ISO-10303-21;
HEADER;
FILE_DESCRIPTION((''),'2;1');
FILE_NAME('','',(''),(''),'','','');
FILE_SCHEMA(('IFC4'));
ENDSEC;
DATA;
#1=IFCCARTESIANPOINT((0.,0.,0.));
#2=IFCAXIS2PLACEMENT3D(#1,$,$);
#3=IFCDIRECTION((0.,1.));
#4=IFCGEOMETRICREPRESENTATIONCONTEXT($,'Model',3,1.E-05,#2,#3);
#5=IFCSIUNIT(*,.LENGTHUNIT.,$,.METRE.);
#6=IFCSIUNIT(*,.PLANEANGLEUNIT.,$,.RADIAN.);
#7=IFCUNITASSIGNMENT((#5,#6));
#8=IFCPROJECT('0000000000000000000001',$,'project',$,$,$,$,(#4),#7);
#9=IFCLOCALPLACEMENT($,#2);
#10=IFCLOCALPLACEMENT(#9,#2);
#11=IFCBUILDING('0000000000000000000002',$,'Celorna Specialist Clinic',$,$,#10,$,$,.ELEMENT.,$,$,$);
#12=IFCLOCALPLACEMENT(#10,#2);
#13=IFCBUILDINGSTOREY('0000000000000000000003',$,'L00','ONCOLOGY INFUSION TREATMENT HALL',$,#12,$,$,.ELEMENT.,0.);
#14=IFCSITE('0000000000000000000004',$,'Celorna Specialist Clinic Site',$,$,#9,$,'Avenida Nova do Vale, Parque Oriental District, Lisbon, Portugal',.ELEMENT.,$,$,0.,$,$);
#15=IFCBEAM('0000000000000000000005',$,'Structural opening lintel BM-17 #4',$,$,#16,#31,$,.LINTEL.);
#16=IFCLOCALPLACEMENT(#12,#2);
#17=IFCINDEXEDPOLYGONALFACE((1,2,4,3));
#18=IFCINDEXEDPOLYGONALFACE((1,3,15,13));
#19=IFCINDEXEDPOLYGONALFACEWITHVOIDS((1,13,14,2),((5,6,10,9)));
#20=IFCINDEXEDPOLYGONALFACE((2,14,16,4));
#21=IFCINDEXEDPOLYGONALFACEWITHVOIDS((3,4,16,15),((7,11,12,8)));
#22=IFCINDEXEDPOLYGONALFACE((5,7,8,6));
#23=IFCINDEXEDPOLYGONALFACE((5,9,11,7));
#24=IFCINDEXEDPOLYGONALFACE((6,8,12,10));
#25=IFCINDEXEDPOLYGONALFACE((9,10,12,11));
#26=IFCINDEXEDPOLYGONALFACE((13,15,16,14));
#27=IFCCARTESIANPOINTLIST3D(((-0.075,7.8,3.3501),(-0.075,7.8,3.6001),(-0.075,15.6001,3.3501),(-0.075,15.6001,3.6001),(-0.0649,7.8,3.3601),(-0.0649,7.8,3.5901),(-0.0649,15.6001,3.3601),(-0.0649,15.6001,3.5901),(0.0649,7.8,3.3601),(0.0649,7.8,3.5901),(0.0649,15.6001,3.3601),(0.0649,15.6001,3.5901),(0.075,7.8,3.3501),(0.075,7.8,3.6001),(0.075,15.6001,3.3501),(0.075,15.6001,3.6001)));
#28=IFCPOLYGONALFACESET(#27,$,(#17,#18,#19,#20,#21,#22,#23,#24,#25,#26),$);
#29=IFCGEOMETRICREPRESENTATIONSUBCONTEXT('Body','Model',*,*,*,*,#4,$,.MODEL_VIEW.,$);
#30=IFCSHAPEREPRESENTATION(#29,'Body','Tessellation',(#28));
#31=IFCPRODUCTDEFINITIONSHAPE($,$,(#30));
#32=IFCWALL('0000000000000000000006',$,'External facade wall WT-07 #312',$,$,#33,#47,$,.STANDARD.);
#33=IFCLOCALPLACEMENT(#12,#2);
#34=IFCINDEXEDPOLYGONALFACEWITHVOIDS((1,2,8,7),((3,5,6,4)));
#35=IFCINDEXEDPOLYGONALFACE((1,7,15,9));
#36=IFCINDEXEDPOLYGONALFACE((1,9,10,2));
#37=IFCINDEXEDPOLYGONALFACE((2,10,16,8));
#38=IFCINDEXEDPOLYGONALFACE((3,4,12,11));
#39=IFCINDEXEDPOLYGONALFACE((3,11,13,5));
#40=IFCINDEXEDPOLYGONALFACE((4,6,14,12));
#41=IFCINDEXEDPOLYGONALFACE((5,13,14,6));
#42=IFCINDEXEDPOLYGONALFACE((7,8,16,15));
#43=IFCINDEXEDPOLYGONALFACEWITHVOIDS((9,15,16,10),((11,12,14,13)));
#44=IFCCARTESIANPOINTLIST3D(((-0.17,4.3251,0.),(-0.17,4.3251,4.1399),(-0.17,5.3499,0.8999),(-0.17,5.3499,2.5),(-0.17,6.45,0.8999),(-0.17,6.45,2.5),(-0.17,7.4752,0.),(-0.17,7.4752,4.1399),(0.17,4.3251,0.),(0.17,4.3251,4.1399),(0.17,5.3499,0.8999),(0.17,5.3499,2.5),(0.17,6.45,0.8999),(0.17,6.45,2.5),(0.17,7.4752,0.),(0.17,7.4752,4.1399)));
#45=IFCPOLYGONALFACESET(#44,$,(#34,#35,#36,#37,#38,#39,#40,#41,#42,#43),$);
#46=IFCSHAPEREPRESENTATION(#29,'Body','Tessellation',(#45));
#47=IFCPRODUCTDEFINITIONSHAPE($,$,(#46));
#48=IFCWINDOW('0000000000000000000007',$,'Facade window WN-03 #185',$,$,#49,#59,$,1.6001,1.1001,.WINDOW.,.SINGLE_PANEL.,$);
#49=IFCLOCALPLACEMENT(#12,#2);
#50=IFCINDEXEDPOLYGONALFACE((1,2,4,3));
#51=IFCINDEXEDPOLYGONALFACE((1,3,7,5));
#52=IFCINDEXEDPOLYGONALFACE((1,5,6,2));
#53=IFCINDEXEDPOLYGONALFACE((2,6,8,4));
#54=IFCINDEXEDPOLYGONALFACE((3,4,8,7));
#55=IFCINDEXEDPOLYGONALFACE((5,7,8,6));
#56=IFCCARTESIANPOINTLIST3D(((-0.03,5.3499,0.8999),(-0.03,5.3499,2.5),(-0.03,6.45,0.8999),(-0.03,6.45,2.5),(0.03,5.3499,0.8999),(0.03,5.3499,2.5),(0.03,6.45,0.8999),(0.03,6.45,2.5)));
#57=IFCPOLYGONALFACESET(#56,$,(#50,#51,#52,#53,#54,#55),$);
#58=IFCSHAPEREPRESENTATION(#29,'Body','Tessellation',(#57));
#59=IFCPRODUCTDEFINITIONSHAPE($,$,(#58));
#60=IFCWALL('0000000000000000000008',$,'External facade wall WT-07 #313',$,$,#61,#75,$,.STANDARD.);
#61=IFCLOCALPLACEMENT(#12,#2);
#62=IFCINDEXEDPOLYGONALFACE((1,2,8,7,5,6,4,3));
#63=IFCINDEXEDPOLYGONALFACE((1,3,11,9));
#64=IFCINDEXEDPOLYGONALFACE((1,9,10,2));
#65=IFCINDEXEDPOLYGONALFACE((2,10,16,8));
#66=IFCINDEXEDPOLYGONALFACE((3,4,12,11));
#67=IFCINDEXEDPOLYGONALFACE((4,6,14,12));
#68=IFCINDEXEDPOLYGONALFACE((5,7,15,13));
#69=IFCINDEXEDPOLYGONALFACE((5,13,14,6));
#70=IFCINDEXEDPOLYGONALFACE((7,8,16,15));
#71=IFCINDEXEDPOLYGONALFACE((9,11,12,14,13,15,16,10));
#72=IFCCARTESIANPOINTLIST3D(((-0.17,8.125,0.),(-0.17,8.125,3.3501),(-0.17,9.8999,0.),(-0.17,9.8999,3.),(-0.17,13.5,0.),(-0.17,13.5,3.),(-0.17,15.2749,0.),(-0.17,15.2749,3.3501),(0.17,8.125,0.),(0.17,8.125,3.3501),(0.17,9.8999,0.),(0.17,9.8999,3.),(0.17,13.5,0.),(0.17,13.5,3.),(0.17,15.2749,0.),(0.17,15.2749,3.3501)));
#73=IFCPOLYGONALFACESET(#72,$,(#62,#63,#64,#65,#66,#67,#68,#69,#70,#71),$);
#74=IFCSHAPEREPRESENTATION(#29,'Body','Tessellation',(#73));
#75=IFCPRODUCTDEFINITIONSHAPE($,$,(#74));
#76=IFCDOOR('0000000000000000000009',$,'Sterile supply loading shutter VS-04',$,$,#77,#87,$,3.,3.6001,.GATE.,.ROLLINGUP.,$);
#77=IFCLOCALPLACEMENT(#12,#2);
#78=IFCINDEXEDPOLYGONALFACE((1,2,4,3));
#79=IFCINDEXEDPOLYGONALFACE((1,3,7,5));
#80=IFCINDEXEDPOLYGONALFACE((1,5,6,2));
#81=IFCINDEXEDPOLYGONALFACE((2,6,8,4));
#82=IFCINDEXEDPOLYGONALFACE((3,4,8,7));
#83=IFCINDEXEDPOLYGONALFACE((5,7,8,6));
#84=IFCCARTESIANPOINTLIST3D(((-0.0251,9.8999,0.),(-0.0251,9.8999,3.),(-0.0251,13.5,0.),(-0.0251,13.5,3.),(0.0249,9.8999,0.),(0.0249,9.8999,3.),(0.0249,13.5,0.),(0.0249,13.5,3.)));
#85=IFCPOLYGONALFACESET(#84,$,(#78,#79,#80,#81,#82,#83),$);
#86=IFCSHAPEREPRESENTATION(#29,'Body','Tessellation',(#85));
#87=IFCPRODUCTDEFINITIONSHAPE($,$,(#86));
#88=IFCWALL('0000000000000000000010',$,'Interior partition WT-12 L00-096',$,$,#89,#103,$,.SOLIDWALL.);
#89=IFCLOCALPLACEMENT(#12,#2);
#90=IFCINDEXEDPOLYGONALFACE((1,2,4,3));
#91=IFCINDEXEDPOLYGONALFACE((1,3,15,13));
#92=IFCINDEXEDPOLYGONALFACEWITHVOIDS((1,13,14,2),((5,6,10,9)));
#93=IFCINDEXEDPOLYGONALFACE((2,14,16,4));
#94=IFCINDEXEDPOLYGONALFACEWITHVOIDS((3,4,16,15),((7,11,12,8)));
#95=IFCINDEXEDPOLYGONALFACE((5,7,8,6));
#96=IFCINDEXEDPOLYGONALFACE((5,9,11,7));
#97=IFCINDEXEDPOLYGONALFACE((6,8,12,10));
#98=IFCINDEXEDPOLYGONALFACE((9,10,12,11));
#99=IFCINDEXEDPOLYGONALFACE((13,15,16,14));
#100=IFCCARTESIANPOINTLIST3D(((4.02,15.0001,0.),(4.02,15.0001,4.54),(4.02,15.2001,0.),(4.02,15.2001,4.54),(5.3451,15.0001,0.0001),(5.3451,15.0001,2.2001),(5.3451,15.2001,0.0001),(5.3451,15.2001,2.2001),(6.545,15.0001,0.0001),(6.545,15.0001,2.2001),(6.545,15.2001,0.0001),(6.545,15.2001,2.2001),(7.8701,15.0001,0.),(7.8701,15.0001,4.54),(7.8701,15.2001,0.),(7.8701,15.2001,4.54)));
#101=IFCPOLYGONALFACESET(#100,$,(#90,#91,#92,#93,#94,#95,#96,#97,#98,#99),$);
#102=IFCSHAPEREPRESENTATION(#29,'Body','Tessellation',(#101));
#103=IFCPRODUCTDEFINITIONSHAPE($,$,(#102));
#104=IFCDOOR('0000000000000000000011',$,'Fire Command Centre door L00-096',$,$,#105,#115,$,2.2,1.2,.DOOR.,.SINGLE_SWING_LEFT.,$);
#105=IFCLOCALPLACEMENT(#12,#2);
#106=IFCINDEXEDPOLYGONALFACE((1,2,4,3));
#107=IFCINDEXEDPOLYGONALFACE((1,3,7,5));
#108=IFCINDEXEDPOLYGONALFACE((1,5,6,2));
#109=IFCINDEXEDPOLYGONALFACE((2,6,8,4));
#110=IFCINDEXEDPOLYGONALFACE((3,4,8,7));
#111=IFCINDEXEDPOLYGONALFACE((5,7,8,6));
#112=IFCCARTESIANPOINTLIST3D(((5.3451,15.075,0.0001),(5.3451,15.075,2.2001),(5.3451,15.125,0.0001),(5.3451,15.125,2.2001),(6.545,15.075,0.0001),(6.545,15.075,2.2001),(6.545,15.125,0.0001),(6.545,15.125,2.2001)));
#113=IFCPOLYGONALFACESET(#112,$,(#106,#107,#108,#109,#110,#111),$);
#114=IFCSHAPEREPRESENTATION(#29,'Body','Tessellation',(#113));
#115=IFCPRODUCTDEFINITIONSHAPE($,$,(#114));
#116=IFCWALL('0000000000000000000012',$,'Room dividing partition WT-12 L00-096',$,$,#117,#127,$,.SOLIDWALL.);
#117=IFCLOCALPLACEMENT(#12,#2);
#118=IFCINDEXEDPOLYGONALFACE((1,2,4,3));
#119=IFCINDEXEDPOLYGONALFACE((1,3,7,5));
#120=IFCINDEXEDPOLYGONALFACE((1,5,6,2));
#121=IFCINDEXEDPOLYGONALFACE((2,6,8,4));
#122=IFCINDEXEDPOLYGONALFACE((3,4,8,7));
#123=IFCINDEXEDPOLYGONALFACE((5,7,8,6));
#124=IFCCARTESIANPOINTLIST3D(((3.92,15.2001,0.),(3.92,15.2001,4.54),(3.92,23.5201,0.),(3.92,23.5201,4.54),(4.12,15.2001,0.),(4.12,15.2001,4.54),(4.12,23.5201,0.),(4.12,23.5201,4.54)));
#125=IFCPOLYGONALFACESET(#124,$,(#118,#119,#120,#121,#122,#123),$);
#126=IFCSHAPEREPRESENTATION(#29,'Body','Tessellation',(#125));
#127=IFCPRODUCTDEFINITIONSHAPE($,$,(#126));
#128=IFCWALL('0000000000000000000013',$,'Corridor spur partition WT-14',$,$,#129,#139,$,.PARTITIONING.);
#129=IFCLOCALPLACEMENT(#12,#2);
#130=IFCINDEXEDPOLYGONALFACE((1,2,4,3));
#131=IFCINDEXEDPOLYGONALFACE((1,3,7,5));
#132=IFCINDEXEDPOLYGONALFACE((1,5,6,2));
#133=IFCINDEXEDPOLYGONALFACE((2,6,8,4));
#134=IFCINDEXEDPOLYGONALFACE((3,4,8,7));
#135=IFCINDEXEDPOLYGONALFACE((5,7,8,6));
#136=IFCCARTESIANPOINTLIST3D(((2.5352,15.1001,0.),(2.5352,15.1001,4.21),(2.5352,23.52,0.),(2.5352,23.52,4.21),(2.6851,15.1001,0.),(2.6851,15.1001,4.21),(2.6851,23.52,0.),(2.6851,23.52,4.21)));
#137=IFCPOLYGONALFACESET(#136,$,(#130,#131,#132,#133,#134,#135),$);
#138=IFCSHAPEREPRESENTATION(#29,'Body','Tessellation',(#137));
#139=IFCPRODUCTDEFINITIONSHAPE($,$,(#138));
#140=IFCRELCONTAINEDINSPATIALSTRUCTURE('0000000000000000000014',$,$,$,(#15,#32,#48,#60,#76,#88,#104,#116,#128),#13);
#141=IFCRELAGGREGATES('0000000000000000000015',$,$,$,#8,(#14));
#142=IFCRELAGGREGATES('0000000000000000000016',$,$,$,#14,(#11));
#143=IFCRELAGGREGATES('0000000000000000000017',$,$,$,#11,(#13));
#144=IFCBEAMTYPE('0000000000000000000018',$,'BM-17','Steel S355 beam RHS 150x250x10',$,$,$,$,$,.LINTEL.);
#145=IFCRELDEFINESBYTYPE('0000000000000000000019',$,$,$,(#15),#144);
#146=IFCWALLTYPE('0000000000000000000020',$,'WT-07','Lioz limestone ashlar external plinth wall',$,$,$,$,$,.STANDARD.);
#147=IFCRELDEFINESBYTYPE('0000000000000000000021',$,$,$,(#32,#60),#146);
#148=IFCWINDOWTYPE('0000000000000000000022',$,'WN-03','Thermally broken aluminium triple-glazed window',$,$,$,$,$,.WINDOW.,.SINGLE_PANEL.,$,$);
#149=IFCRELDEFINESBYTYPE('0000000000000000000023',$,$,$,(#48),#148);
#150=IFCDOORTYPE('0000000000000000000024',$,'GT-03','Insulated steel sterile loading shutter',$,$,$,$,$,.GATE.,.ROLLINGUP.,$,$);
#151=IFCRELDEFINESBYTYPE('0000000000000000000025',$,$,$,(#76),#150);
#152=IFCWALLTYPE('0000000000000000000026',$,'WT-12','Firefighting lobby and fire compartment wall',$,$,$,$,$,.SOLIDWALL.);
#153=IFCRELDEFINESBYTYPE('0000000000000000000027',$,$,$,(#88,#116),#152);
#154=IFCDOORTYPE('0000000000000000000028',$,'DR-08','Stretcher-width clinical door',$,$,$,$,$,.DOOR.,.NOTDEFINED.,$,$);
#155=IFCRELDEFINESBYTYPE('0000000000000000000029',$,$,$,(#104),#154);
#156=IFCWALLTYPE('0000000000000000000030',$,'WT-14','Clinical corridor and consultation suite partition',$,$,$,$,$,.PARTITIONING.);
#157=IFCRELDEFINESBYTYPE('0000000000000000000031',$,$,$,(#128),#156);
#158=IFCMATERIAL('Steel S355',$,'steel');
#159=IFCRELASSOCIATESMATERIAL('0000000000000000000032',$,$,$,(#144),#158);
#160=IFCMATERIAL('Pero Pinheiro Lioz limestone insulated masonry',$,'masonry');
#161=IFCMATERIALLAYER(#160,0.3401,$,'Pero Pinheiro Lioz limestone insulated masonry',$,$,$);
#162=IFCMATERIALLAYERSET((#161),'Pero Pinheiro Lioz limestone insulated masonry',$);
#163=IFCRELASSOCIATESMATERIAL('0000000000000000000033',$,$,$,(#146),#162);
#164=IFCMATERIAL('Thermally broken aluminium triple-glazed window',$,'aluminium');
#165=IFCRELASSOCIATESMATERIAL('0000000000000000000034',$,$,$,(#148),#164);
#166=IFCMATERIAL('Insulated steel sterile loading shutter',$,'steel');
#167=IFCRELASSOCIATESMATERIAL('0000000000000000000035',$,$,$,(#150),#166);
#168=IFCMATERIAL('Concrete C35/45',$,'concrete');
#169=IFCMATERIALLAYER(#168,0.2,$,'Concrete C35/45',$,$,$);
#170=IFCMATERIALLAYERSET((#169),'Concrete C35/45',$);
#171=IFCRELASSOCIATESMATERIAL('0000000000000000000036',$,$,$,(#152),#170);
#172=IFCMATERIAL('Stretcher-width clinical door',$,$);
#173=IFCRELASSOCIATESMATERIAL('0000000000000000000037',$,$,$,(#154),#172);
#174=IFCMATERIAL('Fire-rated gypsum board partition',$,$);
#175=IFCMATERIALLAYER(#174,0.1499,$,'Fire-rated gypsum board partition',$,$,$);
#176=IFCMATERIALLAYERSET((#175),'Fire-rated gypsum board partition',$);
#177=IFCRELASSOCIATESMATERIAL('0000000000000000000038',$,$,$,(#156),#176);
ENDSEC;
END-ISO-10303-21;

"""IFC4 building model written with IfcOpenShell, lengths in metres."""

from ifc_helpers import new_model, si_unit, direction, frame, frame_2d, origin, origin_2d, place, context, subcontext, project, spatial, rectangle, hollow_rectangle, extrude, material, layer, layer_set, material_profile, profile_set, type_object, element, fill, save


model = new_model("IFC4")

# Units and contexts
model_context = context("Model", 3, precision=1e-05, world=origin(), true_north=direction((0.0, 1.0)))
body_context = subcontext(model_context, "Body", "Model", "MODEL_VIEW")
ifc_project = project(units=[si_unit("LENGTHUNIT", "METRE"), si_unit("PLANEANGLEUNIT", "RADIAN")], contexts=[model_context])

# Site, building, storey
site_placement = place(None, origin())
site = spatial("IfcSite", under=ifc_project, at=site_placement, Name="Celorna Specialist Clinic Site", LongName="Avenida Nova do Vale, Parque Oriental District, Lisbon, Portugal", CompositionType="ELEMENT", RefElevation=0.0)
building_placement = place(site_placement, origin())
building = spatial("IfcBuilding", under=site, at=building_placement, Name="Celorna Specialist Clinic", CompositionType="ELEMENT")
storey_placement = place(building_placement, origin())
storey = spatial("IfcBuildingStorey", under=building, at=storey_placement, Name="L00", Description="ONCOLOGY INFUSION TREATMENT HALL", CompositionType="ELEMENT", Elevation=0.0)

# Beam
ifc_material_1 = material(Name="Steel S355", Category="steel")
ifc_material_profile_1 = material_profile(ifc_material_1, hollow_rectangle(XDim=0.1499, YDim=0.25, WallThickness=0.01, at=origin_2d()), Name="RHS 150x250x10")
ifc_profile_set_1 = profile_set([ifc_material_profile_1], Name="Steel S355")
beam_type_1 = type_object("IfcBeamType", Name="BM-17", Description="Steel S355 beam RHS 150x250x10", PredefinedType="LINTEL", material=ifc_profile_set_1)
beam_1_placement = place(storey_placement, frame((0.0, 7.8, 3.4751), z_axis=(0.0, 1.0, 0.0), x_axis=(-1.0, 0.0, 0.0)))
element("IfcBeam", 1, at=beam_1_placement, inside=storey, type_object=beam_type_1, Name="Structural opening lintel BM-17 #4", PredefinedType="LINTEL", context=body_context, shape_type="SweptSolid", body=[
    extrude(hollow_rectangle(XDim=0.1499, YDim=0.25, WallThickness=0.01, at=origin_2d()), origin(), (0.0, 0.0, 1.0), 7.8),
])

# Wall, opening, window
ifc_material_2 = material(Name="Pero Pinheiro Lioz limestone insulated masonry", Category="masonry")
ifc_layer_1 = layer(ifc_material_2, 0.3401, Name="Pero Pinheiro Lioz limestone insulated masonry")
ifc_layer_set_1 = layer_set([ifc_layer_1], Name="Pero Pinheiro Lioz limestone insulated masonry")
wall_type_1 = type_object("IfcWallType", Name="WT-07", Description="Lioz limestone ashlar external plinth wall", PredefinedType="STANDARD", material=ifc_layer_set_1)
wall_1_placement = place(storey_placement, frame((0.0, 4.325, 0.0), z_axis=(0.0, 0.0, 1.0), x_axis=(0.0, 1.0, 0.0)))
wall_1 = element("IfcWall", 2, at=wall_1_placement, inside=storey, type_object=wall_type_1, Name="External facade wall WT-07 #312", PredefinedType="STANDARD", context=body_context, shape_type="SweptSolid", body=[
    extrude(rectangle(XDim=3.1501, YDim=0.3401, at=frame_2d((1.5752, 0.0))), origin(), (0.0, 0.0, 1.0), 4.1399),
])
opening_1_placement = place(wall_1_placement, frame((1.0249, 0.0, 0.8999)))
opening_1 = element("IfcOpeningElement", 3, at=opening_1_placement, cuts=wall_1, PredefinedType="OPENING", context=body_context, shape_type="SweptSolid", body=[
    extrude(rectangle(XDim=1.1001, YDim=1.6001, at=frame_2d((0.55, 0.8))), frame((0.0, 0.1799, 0.0), z_axis=(0.0, -1.0, 0.0), x_axis=(1.0, 0.0, 0.0)), (0.0, 0.0, 1.0), 0.3601),
])
ifc_material_3 = material(Name="Thermally broken aluminium triple-glazed window", Category="aluminium")
window_type = type_object("IfcWindowType", Name="WN-03", Description="Thermally broken aluminium triple-glazed window", PartitioningType="SINGLE_PANEL", PredefinedType="WINDOW", material=ifc_material_3)
window_placement = place(opening_1_placement, origin())
window = element("IfcWindow", 4, at=window_placement, inside=storey, type_object=window_type, Name="Facade window WN-03 #185", OverallHeight=1.6001, OverallWidth=1.1001, PartitioningType="SINGLE_PANEL", PredefinedType="WINDOW", context=body_context, shape_type="SweptSolid", body=[
    extrude(rectangle(XDim=1.1001, YDim=1.6001, at=frame_2d((0.55, 0.8))), frame((0.0, 0.03, 0.0), z_axis=(0.0, -1.0, 0.0), x_axis=(1.0, 0.0, 0.0)), (0.0, 0.0, 1.0), 0.0601),
])
fill(opening_1, window)

# Walls, openings, doors
wall_2_placement = place(storey_placement, frame((0.0, 8.125, 0.0), z_axis=(0.0, 0.0, 1.0), x_axis=(0.0, 1.0, 0.0)))
wall_2 = element("IfcWall", 5, at=wall_2_placement, inside=storey, type_object=wall_type_1, Name="External facade wall WT-07 #313", PredefinedType="STANDARD", context=body_context, shape_type="SweptSolid", body=[
    extrude(rectangle(XDim=7.1499, YDim=0.3401, at=frame_2d((3.575, 0.0))), origin(), (0.0, 0.0, 1.0), 3.3501),
])
opening_2_placement = place(wall_2_placement, frame((1.7749, 0.0, 0.0)))
opening_2 = element("IfcOpeningElement", 6, at=opening_2_placement, cuts=wall_2, PredefinedType="OPENING", context=body_context, shape_type="SweptSolid", body=[
    extrude(rectangle(XDim=3.6001, YDim=3.0, at=frame_2d((1.8, 1.5))), frame((0.0, 0.1799, 0.0), z_axis=(0.0, -1.0, 0.0), x_axis=(1.0, 0.0, 0.0)), (0.0, 0.0, 1.0), 0.3601),
])
ifc_material_4 = material(Name="Insulated steel sterile loading shutter", Category="steel")
door_type_1 = type_object("IfcDoorType", Name="GT-03", Description="Insulated steel sterile loading shutter", OperationType="ROLLINGUP", PredefinedType="GATE", material=ifc_material_4)
door_1_placement = place(opening_2_placement, frame((3.6001, 0.0, 0.0), z_axis=(0.0, 0.0, 1.0), x_axis=(-1.0, 0.0, 0.0)))
door_1 = element("IfcDoor", 7, at=door_1_placement, inside=storey, type_object=door_type_1, Name="Sterile supply loading shutter VS-04", OperationType="ROLLINGUP", OverallHeight=3.0, OverallWidth=3.6001, PredefinedType="GATE", context=body_context, shape_type="SweptSolid", body=[
    extrude(rectangle(XDim=3.6001, YDim=3.0, at=frame_2d((1.8, 1.5))), frame((0.0, 0.0249, 0.0), z_axis=(0.0, -1.0, 0.0), x_axis=(1.0, 0.0, 0.0)), (0.0, 0.0, 1.0), 0.05),
])
fill(opening_2, door_1)
ifc_material_5 = material(Name="Concrete C35/45", Category="concrete")
ifc_layer_2 = layer(ifc_material_5, 0.2, Name="Concrete C35/45")
ifc_layer_set_2 = layer_set([ifc_layer_2], Name="Concrete C35/45")
wall_type_2 = type_object("IfcWallType", Name="WT-12", Description="Firefighting lobby and fire compartment wall", PredefinedType="SOLIDWALL", material=ifc_layer_set_2)
wall_3_placement = place(storey_placement, frame((4.02, 15.1001, 0.0), z_axis=(0.0, 0.0, 1.0), x_axis=(1.0, 0.0, 0.0)))
wall_3 = element("IfcWall", 8, at=wall_3_placement, inside=storey, type_object=wall_type_2, Name="Interior partition WT-12 L00-096", PredefinedType="SOLIDWALL", context=body_context, shape_type="SweptSolid", body=[
    extrude(rectangle(XDim=3.8501, YDim=0.2, at=frame_2d((1.925, 0.0))), origin(), (0.0, 0.0, 1.0), 4.54),
])
opening_3_placement = place(wall_3_placement, frame((1.325, 0.0, 0.0)))
opening_3 = element("IfcOpeningElement", 9, at=opening_3_placement, cuts=wall_3, PredefinedType="OPENING", context=body_context, shape_type="SweptSolid", body=[
    extrude(rectangle(XDim=1.2, YDim=2.2, at=frame_2d((0.6001, 1.1001))), frame((0.0, 0.1099, 0.0), z_axis=(0.0, -1.0, 0.0), x_axis=(1.0, 0.0, 0.0)), (0.0, 0.0, 1.0), 0.22),
])
ifc_material_6 = material(Name="Stretcher-width clinical door")
door_type_2 = type_object("IfcDoorType", Name="DR-08", Description="Stretcher-width clinical door", OperationType="NOTDEFINED", PredefinedType="DOOR", material=ifc_material_6)
door_2_placement = place(opening_3_placement, origin())
door_2 = element("IfcDoor", 10, at=door_2_placement, inside=storey, type_object=door_type_2, Name="Fire Command Centre door L00-096", OperationType="SINGLE_SWING_LEFT", OverallHeight=2.2, OverallWidth=1.2, PredefinedType="DOOR", context=body_context, shape_type="SweptSolid", body=[
    extrude(rectangle(XDim=1.2, YDim=2.2, at=frame_2d((0.6001, 1.1001))), frame((0.0, 0.0249, 0.0), z_axis=(0.0, -1.0, 0.0), x_axis=(1.0, 0.0, 0.0)), (0.0, 0.0, 1.0), 0.05),
])
fill(opening_3, door_2)

# Walls
wall_4_placement = place(storey_placement, frame((4.02, 15.2, 0.0), z_axis=(0.0, 0.0, 1.0), x_axis=(0.0, 1.0, 0.0)))
element("IfcWall", 11, at=wall_4_placement, inside=storey, type_object=wall_type_2, Name="Room dividing partition WT-12 L00-096", PredefinedType="SOLIDWALL", context=body_context, shape_type="SweptSolid", body=[
    extrude(rectangle(XDim=8.3201, YDim=0.2, at=frame_2d((4.1602, 0.0))), origin(), (0.0, 0.0, 1.0), 4.54),
])
ifc_material_7 = material(Name="Fire-rated gypsum board partition")
ifc_layer_3 = layer(ifc_material_7, 0.1499, Name="Fire-rated gypsum board partition")
ifc_layer_set_3 = layer_set([ifc_layer_3], Name="Fire-rated gypsum board partition")
wall_type_3 = type_object("IfcWallType", Name="WT-14", Description="Clinical corridor and consultation suite partition", PredefinedType="PARTITIONING", material=ifc_layer_set_3)
wall_5_placement = place(storey_placement, frame((2.6101, 15.1001, 0.0), z_axis=(0.0, 0.0, 1.0), x_axis=(0.0, 1.0, 0.0)))
element("IfcWall", 12, at=wall_5_placement, inside=storey, type_object=wall_type_3, Name="Corridor spur partition WT-14", PredefinedType="PARTITIONING", context=body_context, shape_type="SweptSolid", body=[
    extrude(rectangle(XDim=8.4199, YDim=0.1499, at=frame_2d((4.21, 0.0))), origin(), (0.0, 0.0, 1.0), 4.21),
])

save(model, "model.ifc")
